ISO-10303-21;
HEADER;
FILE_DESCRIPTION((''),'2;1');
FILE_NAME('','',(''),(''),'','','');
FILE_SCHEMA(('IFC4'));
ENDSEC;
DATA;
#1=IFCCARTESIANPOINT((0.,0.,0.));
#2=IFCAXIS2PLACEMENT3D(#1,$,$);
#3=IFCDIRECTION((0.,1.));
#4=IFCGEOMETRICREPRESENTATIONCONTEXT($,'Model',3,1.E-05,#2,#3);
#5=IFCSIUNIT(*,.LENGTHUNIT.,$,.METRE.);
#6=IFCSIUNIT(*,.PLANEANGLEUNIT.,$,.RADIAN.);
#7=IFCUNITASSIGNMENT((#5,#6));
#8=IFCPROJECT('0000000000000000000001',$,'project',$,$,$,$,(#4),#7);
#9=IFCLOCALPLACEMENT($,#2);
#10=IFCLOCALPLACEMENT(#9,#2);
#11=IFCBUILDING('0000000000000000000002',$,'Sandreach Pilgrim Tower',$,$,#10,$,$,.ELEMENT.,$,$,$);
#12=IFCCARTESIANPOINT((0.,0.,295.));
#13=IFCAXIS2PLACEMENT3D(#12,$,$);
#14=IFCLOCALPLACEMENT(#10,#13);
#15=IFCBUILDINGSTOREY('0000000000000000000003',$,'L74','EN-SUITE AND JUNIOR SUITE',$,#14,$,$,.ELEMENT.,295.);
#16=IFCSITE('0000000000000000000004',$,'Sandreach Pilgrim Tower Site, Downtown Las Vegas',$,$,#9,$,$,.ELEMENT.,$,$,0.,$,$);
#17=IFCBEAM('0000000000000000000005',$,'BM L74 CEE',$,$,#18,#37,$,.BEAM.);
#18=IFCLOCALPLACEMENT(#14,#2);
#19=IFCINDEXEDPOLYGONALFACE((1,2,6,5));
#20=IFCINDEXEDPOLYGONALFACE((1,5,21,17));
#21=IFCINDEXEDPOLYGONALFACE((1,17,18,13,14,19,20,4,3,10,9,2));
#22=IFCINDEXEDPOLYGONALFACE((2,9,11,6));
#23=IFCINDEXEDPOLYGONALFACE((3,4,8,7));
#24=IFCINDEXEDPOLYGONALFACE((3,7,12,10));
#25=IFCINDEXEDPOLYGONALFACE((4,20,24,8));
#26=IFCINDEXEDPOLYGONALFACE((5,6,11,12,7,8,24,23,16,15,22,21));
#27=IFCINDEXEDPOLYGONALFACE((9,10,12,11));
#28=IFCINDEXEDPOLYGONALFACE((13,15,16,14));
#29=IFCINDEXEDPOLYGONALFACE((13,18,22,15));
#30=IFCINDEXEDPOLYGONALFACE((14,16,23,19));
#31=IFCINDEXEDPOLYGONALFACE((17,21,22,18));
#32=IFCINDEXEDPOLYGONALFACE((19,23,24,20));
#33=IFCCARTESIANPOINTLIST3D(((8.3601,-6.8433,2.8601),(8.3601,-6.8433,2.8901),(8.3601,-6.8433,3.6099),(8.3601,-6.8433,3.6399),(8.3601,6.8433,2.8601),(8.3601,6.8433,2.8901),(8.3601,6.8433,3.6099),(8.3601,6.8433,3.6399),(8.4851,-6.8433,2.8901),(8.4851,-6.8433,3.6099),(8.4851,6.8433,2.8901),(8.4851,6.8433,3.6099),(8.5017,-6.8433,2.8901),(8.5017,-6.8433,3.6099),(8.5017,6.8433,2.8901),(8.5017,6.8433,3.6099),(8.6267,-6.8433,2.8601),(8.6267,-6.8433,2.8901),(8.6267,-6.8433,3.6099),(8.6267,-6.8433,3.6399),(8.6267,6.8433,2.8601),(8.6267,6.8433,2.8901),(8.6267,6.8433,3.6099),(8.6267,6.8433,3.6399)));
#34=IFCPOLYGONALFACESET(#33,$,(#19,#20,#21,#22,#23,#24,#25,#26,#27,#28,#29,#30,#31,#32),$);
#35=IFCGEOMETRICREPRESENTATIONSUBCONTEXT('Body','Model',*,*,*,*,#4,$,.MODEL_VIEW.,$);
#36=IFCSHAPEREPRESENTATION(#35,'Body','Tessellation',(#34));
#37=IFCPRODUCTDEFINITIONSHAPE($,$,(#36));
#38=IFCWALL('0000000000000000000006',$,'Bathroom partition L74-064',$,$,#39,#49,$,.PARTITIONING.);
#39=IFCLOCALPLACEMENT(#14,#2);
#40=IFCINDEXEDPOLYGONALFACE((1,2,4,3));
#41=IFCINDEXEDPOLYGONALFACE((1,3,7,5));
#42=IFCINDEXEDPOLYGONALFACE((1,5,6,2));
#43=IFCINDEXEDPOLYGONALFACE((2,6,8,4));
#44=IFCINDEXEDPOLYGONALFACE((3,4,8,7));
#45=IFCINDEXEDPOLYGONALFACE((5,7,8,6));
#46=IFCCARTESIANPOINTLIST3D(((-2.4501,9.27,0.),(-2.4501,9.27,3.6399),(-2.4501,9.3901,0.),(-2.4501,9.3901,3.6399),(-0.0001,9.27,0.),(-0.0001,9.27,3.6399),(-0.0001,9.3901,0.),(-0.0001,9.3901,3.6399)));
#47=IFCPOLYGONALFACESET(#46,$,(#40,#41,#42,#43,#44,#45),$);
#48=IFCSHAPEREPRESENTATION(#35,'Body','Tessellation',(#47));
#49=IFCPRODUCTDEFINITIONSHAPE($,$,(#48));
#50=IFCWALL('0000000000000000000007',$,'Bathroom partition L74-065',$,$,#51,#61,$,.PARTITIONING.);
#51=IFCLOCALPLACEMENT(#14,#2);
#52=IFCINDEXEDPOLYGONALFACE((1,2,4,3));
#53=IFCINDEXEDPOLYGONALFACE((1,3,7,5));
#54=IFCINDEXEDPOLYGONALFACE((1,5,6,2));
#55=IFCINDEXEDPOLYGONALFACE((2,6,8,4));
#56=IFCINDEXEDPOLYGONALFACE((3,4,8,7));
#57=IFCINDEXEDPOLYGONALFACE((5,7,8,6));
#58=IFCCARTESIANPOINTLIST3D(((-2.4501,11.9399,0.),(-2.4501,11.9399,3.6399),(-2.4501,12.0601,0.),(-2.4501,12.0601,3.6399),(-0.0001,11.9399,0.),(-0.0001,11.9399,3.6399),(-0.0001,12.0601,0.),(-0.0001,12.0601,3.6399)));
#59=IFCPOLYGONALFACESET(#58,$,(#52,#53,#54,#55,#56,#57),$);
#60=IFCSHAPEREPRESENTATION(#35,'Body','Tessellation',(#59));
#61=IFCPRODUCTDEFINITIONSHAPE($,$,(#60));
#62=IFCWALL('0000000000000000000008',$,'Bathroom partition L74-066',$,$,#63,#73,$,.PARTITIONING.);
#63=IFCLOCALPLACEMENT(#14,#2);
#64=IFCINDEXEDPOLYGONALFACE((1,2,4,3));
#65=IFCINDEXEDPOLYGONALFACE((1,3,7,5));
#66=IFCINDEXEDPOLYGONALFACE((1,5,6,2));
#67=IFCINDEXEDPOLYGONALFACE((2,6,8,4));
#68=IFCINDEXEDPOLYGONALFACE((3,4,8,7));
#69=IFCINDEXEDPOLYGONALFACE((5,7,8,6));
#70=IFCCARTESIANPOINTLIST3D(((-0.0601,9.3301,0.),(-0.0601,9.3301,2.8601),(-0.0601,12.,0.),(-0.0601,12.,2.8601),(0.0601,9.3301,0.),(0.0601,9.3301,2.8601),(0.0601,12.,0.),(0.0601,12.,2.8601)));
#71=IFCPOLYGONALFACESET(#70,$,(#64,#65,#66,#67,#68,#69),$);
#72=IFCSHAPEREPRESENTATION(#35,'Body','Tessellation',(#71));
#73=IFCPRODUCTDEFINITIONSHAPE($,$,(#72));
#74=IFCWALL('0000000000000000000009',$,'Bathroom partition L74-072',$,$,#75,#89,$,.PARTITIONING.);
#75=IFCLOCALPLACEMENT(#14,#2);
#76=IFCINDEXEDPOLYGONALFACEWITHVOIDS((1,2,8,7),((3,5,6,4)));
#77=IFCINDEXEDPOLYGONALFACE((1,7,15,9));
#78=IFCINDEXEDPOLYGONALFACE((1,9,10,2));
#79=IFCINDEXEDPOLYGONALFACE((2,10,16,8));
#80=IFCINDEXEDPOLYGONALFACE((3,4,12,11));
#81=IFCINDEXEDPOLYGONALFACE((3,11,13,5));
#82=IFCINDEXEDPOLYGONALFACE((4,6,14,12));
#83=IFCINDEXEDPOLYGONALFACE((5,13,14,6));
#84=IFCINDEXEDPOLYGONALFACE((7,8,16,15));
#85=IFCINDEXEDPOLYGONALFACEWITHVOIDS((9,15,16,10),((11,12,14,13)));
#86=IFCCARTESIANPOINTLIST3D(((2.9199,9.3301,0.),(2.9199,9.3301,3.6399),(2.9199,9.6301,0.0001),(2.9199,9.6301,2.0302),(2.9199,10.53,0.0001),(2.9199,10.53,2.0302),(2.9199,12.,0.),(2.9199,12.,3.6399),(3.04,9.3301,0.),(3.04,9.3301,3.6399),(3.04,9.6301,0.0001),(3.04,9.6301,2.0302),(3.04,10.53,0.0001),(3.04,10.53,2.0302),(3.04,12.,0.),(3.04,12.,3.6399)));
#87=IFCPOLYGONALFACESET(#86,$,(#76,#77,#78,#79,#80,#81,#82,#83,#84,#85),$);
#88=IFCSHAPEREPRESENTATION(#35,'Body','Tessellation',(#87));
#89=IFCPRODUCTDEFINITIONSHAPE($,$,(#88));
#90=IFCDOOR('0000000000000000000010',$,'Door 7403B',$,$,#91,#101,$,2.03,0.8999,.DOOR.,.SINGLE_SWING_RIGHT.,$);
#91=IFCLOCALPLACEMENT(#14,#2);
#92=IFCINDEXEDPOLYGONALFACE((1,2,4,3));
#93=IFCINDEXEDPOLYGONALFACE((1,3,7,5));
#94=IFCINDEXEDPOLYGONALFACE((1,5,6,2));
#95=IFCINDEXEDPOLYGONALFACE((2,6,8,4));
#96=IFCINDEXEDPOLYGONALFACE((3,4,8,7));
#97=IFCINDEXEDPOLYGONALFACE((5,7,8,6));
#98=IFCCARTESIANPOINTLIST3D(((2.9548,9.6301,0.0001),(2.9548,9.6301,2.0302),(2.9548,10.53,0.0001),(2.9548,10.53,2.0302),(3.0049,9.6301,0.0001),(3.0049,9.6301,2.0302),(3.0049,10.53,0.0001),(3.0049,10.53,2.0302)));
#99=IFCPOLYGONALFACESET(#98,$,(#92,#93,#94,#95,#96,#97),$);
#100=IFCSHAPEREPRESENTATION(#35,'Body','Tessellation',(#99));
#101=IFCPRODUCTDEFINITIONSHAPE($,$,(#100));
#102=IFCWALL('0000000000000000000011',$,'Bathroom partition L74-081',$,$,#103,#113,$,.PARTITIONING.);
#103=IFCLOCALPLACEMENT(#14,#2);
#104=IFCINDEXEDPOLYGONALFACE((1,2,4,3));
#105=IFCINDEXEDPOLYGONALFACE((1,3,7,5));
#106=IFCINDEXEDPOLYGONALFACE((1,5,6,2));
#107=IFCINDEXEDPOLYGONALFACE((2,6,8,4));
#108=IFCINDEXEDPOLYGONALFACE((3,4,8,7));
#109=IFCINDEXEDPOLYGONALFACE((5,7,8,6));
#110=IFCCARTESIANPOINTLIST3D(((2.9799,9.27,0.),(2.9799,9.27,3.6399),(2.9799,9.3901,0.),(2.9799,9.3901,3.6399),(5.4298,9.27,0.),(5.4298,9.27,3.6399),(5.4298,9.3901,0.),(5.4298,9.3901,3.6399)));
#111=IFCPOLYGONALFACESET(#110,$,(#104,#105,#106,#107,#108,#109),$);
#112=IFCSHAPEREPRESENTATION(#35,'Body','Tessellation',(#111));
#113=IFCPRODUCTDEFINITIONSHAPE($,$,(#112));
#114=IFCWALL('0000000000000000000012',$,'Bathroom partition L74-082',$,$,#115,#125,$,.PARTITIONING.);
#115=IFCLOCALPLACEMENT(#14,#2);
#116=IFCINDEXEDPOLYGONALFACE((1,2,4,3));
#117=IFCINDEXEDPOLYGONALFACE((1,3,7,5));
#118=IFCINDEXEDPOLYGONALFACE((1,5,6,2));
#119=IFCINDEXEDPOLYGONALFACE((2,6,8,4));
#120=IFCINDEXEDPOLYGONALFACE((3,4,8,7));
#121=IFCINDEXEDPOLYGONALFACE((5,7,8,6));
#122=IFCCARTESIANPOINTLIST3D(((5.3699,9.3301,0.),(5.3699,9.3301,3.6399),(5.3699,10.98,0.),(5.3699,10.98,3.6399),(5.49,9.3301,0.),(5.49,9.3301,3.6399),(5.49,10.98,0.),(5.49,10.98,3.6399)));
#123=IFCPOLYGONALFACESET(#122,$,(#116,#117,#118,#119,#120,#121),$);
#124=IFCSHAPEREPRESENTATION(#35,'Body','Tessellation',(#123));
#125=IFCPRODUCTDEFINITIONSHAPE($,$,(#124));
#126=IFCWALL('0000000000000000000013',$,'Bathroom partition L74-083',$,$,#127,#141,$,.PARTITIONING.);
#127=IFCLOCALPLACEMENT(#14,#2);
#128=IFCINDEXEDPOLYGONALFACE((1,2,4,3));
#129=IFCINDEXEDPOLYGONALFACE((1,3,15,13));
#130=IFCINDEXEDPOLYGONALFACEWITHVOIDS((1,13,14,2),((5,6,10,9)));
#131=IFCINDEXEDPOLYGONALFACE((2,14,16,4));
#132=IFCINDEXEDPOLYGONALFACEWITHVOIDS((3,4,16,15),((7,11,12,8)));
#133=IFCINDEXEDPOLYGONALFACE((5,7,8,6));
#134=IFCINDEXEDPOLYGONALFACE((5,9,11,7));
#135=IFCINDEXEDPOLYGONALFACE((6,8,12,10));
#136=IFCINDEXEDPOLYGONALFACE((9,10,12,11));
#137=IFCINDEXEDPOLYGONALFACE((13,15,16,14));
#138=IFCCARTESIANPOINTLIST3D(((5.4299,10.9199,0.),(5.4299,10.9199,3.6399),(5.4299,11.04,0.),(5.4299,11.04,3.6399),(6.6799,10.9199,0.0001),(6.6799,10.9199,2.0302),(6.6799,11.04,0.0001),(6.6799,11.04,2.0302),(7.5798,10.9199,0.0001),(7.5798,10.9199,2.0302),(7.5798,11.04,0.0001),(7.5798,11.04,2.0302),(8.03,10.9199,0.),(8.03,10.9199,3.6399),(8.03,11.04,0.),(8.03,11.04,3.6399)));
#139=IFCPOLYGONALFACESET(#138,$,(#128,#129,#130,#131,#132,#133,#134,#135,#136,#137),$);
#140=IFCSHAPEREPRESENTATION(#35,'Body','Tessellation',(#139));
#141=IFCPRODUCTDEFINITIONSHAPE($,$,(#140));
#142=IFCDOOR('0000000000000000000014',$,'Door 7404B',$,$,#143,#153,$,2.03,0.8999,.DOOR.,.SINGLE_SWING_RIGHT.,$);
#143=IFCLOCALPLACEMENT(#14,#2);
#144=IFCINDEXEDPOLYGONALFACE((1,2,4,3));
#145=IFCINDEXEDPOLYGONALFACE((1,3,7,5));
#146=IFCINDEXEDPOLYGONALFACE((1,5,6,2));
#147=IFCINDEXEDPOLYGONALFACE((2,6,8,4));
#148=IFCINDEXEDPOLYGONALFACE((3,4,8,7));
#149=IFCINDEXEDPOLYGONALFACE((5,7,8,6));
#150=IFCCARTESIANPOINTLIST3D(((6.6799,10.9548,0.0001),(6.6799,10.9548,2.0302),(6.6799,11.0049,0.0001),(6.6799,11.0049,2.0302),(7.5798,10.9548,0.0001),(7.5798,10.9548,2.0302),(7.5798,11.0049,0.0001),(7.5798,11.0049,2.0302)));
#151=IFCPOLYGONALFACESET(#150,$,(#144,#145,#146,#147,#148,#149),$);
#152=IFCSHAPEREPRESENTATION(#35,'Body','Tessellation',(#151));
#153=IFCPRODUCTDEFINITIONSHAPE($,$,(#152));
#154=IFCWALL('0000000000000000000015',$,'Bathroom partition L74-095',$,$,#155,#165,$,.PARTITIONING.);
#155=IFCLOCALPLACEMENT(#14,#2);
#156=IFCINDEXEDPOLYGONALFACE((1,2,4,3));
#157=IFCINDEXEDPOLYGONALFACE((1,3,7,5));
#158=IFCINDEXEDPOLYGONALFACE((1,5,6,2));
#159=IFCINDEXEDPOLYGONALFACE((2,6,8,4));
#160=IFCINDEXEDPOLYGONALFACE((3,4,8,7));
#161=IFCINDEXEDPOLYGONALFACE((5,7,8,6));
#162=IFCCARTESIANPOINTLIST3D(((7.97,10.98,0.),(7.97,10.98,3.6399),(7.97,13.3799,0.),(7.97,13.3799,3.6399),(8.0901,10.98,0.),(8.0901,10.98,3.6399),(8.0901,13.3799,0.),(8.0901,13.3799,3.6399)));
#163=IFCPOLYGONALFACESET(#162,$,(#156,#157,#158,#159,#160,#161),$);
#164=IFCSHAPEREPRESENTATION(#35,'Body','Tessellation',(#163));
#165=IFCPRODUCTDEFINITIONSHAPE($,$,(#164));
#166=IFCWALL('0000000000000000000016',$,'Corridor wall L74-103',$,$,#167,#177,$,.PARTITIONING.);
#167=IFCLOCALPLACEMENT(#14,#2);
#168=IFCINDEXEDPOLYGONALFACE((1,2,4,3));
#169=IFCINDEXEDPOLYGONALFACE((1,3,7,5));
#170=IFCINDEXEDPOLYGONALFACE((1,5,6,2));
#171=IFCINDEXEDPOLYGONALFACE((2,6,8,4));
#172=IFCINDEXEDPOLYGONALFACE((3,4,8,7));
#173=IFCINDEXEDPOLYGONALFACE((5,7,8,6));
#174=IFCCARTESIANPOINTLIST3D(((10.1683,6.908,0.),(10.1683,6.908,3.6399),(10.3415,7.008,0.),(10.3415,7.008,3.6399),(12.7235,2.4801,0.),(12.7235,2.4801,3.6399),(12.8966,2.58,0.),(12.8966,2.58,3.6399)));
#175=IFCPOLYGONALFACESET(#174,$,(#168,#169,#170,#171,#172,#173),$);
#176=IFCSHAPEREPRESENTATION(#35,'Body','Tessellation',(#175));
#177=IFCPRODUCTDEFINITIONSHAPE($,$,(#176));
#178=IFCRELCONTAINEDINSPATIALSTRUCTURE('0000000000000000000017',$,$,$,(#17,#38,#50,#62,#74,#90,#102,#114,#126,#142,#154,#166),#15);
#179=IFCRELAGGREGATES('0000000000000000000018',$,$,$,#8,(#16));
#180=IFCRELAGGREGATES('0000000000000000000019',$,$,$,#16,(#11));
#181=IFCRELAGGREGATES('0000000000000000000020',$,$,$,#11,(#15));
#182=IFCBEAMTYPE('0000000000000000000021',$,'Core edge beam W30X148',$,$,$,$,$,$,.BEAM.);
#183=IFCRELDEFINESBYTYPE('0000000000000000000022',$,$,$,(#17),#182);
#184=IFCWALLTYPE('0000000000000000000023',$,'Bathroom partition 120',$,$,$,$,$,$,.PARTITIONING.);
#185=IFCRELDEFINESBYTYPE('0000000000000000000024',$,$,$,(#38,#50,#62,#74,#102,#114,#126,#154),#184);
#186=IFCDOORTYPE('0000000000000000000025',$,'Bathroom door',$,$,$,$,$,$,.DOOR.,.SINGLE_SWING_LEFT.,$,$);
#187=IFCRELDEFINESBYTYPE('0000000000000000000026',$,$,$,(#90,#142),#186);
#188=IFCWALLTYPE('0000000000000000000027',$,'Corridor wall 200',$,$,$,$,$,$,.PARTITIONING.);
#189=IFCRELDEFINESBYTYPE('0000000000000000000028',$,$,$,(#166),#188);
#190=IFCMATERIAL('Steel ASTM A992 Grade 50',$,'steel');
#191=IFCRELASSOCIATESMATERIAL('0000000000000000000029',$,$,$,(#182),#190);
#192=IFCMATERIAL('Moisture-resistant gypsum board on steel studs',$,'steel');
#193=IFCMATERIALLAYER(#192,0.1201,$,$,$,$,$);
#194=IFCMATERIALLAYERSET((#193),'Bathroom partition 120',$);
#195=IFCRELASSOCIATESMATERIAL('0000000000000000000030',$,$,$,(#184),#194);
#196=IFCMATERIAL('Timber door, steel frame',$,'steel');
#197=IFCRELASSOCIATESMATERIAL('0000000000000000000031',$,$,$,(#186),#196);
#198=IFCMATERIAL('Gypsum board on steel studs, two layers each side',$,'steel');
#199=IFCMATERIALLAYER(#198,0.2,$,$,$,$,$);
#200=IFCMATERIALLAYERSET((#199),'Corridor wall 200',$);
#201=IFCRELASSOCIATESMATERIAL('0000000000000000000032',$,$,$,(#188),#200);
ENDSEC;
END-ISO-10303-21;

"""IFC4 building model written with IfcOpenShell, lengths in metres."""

from ifc_helpers import new_model, si_unit, direction, frame, frame_2d, origin, origin_2d, place, context, subcontext, project, spatial, rectangle, i_section, extrude, material, layer, layer_set, material_profile, profile_set, type_object, element, fill, save


model = new_model("IFC4")

# Units and contexts
model_context = context("Model", 3, precision=1e-05, world=origin(), true_north=direction((0.0, 1.0)))
body_context = subcontext(model_context, "Body", "Model", "MODEL_VIEW")
ifc_project = project(units=[si_unit("LENGTHUNIT", "METRE"), si_unit("PLANEANGLEUNIT", "RADIAN")], contexts=[model_context])

# Site, building, storey
site_placement = place(None, origin())
site = spatial("IfcSite", under=ifc_project, at=site_placement, Name="Sandreach Pilgrim Tower Site, Downtown Las Vegas", CompositionType="ELEMENT", RefElevation=0.0)
building_placement = place(site_placement, origin())
building = spatial("IfcBuilding", under=site, at=building_placement, Name="Sandreach Pilgrim Tower", CompositionType="ELEMENT")
storey_placement = place(building_placement, frame((0.0, 0.0, 295.0)))
storey = spatial("IfcBuildingStorey", under=building, at=storey_placement, Name="L74", Description="EN-SUITE AND JUNIOR SUITE", CompositionType="ELEMENT", Elevation=295.0)

# Beam
ifc_material_1 = material(Name="Steel ASTM A992 Grade 50", Category="steel")
ifc_material_profile = material_profile(ifc_material_1, i_section(OverallWidth=0.2666, OverallDepth=0.7798, WebThickness=0.0166, FlangeThickness=0.03, at=origin_2d()), Name="W30X148")
ifc_profile_set = profile_set([ifc_material_profile], Name="Steel ASTM A992 Grade 50")
beam_type = type_object("IfcBeamType", Name="Core edge beam W30X148", PredefinedType="BEAM", material=ifc_profile_set)
beam_placement = place(storey_placement, frame((8.4934, 6.8433, 3.25), z_axis=(0.0, -1.0, 0.0), x_axis=(1.0, 0.0, 0.0)))
element("IfcBeam", 1, at=beam_placement, inside=storey, type_object=beam_type, Name="BM L74 CEE", PredefinedType="BEAM", context=body_context, shape_type="SweptSolid", body=[
    extrude(i_section(OverallWidth=0.2666, OverallDepth=0.7798, WebThickness=0.0166, FlangeThickness=0.03, at=origin_2d()), origin(), (0.0, 0.0, 1.0), 13.6865),
])

# Walls
ifc_material_2 = material(Name="Moisture-resistant gypsum board on steel studs", Category="steel")
ifc_layer_1 = layer(ifc_material_2, 0.1201)
ifc_layer_set_1 = layer_set([ifc_layer_1], Name="Bathroom partition 120")
wall_type_1 = type_object("IfcWallType", Name="Bathroom partition 120", PredefinedType="PARTITIONING", material=ifc_layer_set_1)
for number, where, z_axis, x_axis, name in (
    (2, (0.0, 9.3301, 0.0), (0.0, 0.0, 1.0), (-1.0, 0.0, 0.0), "Bathroom partition L74-064"),
    (3, (0.0, 12.0, 0.0), (0.0, 0.0, 1.0), (-1.0, 0.0, 0.0), "Bathroom partition L74-065"),
):
    element("IfcWall", number, at=place(storey_placement, frame(where, z_axis=z_axis, x_axis=x_axis)), inside=storey, type_object=wall_type_1, Name=name, PredefinedType="PARTITIONING", context=body_context, shape_type="SweptSolid", body=[
        extrude(rectangle(XDim=2.45, YDim=0.1201, at=frame_2d((1.2251, 0.0))), origin(), (0.0, 0.0, 1.0), 3.6399),
    ])
wall_1_placement = place(storey_placement, frame((0.0, 12.0, 0.0), z_axis=(0.0, 0.0, 1.0), x_axis=(0.0, -1.0, 0.0)))
element("IfcWall", 4, at=wall_1_placement, inside=storey, type_object=wall_type_1, Name="Bathroom partition L74-066", PredefinedType="PARTITIONING", context=body_context, shape_type="SweptSolid", body=[
    extrude(rectangle(XDim=2.6699, YDim=0.1201, at=frame_2d((1.335, 0.0))), origin(), (0.0, 0.0, 1.0), 2.8601),
])

# Wall, opening, door
wall_2_placement = place(storey_placement, frame((2.98, 12.0, 0.0), z_axis=(0.0, 0.0, 1.0), x_axis=(0.0, -1.0, 0.0)))
wall_2 = element("IfcWall", 5, at=wall_2_placement, inside=storey, type_object=wall_type_1, Name="Bathroom partition L74-072", PredefinedType="PARTITIONING", context=body_context, shape_type="SweptSolid", body=[
    extrude(rectangle(XDim=2.6699, YDim=0.1201, at=frame_2d((1.335, 0.0))), origin(), (0.0, 0.0, 1.0), 3.6399),
])
opening_1_placement = place(wall_2_placement, frame((1.47, 0.0, 0.0)))
opening_1 = element("IfcOpeningElement", 6, at=opening_1_placement, cuts=wall_2, PredefinedType="OPENING", context=body_context, shape_type="SweptSolid", body=[
    extrude(rectangle(XDim=0.8999, YDim=2.03, at=frame_2d((0.45, 1.0151))), frame((0.0, 0.0601, 0.0), z_axis=(0.0, -1.0, 0.0), x_axis=(1.0, 0.0, 0.0)), (0.0, 0.0, 1.0), 0.1201),
])
ifc_material_3 = material(Name="Timber door, steel frame", Category="steel")
door_type_1 = type_object("IfcDoorType", Name="Bathroom door", OperationType="SINGLE_SWING_LEFT", PredefinedType="DOOR", material=ifc_material_3)
door_1_placement = place(opening_1_placement, origin())
door_1 = element("IfcDoor", 7, at=door_1_placement, inside=storey, type_object=door_type_1, Name="Door 7403B", OperationType="SINGLE_SWING_RIGHT", OverallHeight=2.03, OverallWidth=0.8999, PredefinedType="DOOR", context=body_context, shape_type="SweptSolid", body=[
    extrude(rectangle(XDim=0.8999, YDim=2.03, at=frame_2d((0.45, 1.0151))), frame((0.0, 0.0249, 0.0), z_axis=(0.0, -1.0, 0.0), x_axis=(1.0, 0.0, 0.0)), (0.0, 0.0, 1.0), 0.05),
])
fill(opening_1, door_1)

# Walls
wall_3_placement = place(storey_placement, frame((5.4299, 9.3301, 0.0), z_axis=(0.0, 0.0, 1.0), x_axis=(-1.0, 0.0, 0.0)))
element("IfcWall", 8, at=wall_3_placement, inside=storey, type_object=wall_type_1, Name="Bathroom partition L74-081", PredefinedType="PARTITIONING", context=body_context, shape_type="SweptSolid", body=[
    extrude(rectangle(XDim=2.45, YDim=0.1201, at=frame_2d((1.2251, 0.0))), origin(), (0.0, 0.0, 1.0), 3.6399),
])
wall_4_placement = place(storey_placement, frame((5.4299, 10.98, 0.0), z_axis=(0.0, 0.0, 1.0), x_axis=(0.0, -1.0, 0.0)))
element("IfcWall", 9, at=wall_4_placement, inside=storey, type_object=wall_type_1, Name="Bathroom partition L74-082", PredefinedType="PARTITIONING", context=body_context, shape_type="SweptSolid", body=[
    extrude(rectangle(XDim=1.6499, YDim=0.1201, at=frame_2d((0.825, 0.0))), origin(), (0.0, 0.0, 1.0), 3.6399),
])

# Wall, opening, door
wall_5_placement = place(storey_placement, frame((5.4299, 10.98, 0.0), z_axis=(0.0, 0.0, 1.0), x_axis=(1.0, 0.0, 0.0)))
wall_5 = element("IfcWall", 10, at=wall_5_placement, inside=storey, type_object=wall_type_1, Name="Bathroom partition L74-083", PredefinedType="PARTITIONING", context=body_context, shape_type="SweptSolid", body=[
    extrude(rectangle(XDim=2.6001, YDim=0.1201, at=frame_2d((1.3, 0.0))), origin(), (0.0, 0.0, 1.0), 3.6399),
])
opening_2_placement = place(wall_5_placement, frame((1.25, 0.0, 0.0)))
opening_2 = element("IfcOpeningElement", 11, at=opening_2_placement, cuts=wall_5, PredefinedType="OPENING", context=body_context, shape_type="SweptSolid", body=[
    extrude(rectangle(XDim=0.8999, YDim=2.03, at=frame_2d((0.45, 1.0151))), frame((0.0, 0.0601, 0.0), z_axis=(0.0, -1.0, 0.0), x_axis=(1.0, 0.0, 0.0)), (0.0, 0.0, 1.0), 0.1201),
])
door_2_placement = place(opening_2_placement, origin())
door_2 = element("IfcDoor", 12, at=door_2_placement, inside=storey, type_object=door_type_1, Name="Door 7404B", OperationType="SINGLE_SWING_RIGHT", OverallHeight=2.03, OverallWidth=0.8999, PredefinedType="DOOR", context=body_context, shape_type="SweptSolid", body=[
    extrude(rectangle(XDim=0.8999, YDim=2.03, at=frame_2d((0.45, 1.0151))), frame((0.0, 0.0249, 0.0), z_axis=(0.0, -1.0, 0.0), x_axis=(1.0, 0.0, 0.0)), (0.0, 0.0, 1.0), 0.05),
])
fill(opening_2, door_2)

# Wall
wall_6_placement = place(storey_placement, frame((8.03, 10.98, 0.0), z_axis=(0.0, 0.0, 1.0), x_axis=(0.0, 1.0, 0.0)))
element("IfcWall", 13, at=wall_6_placement, inside=storey, type_object=wall_type_1, Name="Bathroom partition L74-095", PredefinedType="PARTITIONING", context=body_context, shape_type="SweptSolid", body=[
    extrude(rectangle(XDim=2.3999, YDim=0.1201, at=frame_2d((1.2, 0.0))), origin(), (0.0, 0.0, 1.0), 3.6399),
])

# Shared definitions
ifc_material_4 = material(Name="Gypsum board on steel studs, two layers each side", Category="steel")
ifc_layer_2 = layer(ifc_material_4, 0.2)
ifc_layer_set_2 = layer_set([ifc_layer_2], Name="Corridor wall 200")
wall_type_2 = type_object("IfcWallType", Name="Corridor wall 200", PredefinedType="PARTITIONING", material=ifc_layer_set_2)

# Wall
wall_7_placement = place(storey_placement, frame((10.2549, 6.958, 0.0), z_axis=(0.0, 0.0, 1.0), x_axis=(0.499807, -0.866137, 0.0)))
element("IfcWall", 14, at=wall_7_placement, inside=storey, type_object=wall_type_2, Name="Corridor wall L74-103", PredefinedType="PARTITIONING", context=body_context, shape_type="SweptSolid", body=[
    extrude(rectangle(XDim=5.1123, YDim=0.2, at=frame_2d((2.5562, 0.0))), origin(), (0.0, 0.0, 1.0), 3.6399),
])

save(model, "model.ifc")
